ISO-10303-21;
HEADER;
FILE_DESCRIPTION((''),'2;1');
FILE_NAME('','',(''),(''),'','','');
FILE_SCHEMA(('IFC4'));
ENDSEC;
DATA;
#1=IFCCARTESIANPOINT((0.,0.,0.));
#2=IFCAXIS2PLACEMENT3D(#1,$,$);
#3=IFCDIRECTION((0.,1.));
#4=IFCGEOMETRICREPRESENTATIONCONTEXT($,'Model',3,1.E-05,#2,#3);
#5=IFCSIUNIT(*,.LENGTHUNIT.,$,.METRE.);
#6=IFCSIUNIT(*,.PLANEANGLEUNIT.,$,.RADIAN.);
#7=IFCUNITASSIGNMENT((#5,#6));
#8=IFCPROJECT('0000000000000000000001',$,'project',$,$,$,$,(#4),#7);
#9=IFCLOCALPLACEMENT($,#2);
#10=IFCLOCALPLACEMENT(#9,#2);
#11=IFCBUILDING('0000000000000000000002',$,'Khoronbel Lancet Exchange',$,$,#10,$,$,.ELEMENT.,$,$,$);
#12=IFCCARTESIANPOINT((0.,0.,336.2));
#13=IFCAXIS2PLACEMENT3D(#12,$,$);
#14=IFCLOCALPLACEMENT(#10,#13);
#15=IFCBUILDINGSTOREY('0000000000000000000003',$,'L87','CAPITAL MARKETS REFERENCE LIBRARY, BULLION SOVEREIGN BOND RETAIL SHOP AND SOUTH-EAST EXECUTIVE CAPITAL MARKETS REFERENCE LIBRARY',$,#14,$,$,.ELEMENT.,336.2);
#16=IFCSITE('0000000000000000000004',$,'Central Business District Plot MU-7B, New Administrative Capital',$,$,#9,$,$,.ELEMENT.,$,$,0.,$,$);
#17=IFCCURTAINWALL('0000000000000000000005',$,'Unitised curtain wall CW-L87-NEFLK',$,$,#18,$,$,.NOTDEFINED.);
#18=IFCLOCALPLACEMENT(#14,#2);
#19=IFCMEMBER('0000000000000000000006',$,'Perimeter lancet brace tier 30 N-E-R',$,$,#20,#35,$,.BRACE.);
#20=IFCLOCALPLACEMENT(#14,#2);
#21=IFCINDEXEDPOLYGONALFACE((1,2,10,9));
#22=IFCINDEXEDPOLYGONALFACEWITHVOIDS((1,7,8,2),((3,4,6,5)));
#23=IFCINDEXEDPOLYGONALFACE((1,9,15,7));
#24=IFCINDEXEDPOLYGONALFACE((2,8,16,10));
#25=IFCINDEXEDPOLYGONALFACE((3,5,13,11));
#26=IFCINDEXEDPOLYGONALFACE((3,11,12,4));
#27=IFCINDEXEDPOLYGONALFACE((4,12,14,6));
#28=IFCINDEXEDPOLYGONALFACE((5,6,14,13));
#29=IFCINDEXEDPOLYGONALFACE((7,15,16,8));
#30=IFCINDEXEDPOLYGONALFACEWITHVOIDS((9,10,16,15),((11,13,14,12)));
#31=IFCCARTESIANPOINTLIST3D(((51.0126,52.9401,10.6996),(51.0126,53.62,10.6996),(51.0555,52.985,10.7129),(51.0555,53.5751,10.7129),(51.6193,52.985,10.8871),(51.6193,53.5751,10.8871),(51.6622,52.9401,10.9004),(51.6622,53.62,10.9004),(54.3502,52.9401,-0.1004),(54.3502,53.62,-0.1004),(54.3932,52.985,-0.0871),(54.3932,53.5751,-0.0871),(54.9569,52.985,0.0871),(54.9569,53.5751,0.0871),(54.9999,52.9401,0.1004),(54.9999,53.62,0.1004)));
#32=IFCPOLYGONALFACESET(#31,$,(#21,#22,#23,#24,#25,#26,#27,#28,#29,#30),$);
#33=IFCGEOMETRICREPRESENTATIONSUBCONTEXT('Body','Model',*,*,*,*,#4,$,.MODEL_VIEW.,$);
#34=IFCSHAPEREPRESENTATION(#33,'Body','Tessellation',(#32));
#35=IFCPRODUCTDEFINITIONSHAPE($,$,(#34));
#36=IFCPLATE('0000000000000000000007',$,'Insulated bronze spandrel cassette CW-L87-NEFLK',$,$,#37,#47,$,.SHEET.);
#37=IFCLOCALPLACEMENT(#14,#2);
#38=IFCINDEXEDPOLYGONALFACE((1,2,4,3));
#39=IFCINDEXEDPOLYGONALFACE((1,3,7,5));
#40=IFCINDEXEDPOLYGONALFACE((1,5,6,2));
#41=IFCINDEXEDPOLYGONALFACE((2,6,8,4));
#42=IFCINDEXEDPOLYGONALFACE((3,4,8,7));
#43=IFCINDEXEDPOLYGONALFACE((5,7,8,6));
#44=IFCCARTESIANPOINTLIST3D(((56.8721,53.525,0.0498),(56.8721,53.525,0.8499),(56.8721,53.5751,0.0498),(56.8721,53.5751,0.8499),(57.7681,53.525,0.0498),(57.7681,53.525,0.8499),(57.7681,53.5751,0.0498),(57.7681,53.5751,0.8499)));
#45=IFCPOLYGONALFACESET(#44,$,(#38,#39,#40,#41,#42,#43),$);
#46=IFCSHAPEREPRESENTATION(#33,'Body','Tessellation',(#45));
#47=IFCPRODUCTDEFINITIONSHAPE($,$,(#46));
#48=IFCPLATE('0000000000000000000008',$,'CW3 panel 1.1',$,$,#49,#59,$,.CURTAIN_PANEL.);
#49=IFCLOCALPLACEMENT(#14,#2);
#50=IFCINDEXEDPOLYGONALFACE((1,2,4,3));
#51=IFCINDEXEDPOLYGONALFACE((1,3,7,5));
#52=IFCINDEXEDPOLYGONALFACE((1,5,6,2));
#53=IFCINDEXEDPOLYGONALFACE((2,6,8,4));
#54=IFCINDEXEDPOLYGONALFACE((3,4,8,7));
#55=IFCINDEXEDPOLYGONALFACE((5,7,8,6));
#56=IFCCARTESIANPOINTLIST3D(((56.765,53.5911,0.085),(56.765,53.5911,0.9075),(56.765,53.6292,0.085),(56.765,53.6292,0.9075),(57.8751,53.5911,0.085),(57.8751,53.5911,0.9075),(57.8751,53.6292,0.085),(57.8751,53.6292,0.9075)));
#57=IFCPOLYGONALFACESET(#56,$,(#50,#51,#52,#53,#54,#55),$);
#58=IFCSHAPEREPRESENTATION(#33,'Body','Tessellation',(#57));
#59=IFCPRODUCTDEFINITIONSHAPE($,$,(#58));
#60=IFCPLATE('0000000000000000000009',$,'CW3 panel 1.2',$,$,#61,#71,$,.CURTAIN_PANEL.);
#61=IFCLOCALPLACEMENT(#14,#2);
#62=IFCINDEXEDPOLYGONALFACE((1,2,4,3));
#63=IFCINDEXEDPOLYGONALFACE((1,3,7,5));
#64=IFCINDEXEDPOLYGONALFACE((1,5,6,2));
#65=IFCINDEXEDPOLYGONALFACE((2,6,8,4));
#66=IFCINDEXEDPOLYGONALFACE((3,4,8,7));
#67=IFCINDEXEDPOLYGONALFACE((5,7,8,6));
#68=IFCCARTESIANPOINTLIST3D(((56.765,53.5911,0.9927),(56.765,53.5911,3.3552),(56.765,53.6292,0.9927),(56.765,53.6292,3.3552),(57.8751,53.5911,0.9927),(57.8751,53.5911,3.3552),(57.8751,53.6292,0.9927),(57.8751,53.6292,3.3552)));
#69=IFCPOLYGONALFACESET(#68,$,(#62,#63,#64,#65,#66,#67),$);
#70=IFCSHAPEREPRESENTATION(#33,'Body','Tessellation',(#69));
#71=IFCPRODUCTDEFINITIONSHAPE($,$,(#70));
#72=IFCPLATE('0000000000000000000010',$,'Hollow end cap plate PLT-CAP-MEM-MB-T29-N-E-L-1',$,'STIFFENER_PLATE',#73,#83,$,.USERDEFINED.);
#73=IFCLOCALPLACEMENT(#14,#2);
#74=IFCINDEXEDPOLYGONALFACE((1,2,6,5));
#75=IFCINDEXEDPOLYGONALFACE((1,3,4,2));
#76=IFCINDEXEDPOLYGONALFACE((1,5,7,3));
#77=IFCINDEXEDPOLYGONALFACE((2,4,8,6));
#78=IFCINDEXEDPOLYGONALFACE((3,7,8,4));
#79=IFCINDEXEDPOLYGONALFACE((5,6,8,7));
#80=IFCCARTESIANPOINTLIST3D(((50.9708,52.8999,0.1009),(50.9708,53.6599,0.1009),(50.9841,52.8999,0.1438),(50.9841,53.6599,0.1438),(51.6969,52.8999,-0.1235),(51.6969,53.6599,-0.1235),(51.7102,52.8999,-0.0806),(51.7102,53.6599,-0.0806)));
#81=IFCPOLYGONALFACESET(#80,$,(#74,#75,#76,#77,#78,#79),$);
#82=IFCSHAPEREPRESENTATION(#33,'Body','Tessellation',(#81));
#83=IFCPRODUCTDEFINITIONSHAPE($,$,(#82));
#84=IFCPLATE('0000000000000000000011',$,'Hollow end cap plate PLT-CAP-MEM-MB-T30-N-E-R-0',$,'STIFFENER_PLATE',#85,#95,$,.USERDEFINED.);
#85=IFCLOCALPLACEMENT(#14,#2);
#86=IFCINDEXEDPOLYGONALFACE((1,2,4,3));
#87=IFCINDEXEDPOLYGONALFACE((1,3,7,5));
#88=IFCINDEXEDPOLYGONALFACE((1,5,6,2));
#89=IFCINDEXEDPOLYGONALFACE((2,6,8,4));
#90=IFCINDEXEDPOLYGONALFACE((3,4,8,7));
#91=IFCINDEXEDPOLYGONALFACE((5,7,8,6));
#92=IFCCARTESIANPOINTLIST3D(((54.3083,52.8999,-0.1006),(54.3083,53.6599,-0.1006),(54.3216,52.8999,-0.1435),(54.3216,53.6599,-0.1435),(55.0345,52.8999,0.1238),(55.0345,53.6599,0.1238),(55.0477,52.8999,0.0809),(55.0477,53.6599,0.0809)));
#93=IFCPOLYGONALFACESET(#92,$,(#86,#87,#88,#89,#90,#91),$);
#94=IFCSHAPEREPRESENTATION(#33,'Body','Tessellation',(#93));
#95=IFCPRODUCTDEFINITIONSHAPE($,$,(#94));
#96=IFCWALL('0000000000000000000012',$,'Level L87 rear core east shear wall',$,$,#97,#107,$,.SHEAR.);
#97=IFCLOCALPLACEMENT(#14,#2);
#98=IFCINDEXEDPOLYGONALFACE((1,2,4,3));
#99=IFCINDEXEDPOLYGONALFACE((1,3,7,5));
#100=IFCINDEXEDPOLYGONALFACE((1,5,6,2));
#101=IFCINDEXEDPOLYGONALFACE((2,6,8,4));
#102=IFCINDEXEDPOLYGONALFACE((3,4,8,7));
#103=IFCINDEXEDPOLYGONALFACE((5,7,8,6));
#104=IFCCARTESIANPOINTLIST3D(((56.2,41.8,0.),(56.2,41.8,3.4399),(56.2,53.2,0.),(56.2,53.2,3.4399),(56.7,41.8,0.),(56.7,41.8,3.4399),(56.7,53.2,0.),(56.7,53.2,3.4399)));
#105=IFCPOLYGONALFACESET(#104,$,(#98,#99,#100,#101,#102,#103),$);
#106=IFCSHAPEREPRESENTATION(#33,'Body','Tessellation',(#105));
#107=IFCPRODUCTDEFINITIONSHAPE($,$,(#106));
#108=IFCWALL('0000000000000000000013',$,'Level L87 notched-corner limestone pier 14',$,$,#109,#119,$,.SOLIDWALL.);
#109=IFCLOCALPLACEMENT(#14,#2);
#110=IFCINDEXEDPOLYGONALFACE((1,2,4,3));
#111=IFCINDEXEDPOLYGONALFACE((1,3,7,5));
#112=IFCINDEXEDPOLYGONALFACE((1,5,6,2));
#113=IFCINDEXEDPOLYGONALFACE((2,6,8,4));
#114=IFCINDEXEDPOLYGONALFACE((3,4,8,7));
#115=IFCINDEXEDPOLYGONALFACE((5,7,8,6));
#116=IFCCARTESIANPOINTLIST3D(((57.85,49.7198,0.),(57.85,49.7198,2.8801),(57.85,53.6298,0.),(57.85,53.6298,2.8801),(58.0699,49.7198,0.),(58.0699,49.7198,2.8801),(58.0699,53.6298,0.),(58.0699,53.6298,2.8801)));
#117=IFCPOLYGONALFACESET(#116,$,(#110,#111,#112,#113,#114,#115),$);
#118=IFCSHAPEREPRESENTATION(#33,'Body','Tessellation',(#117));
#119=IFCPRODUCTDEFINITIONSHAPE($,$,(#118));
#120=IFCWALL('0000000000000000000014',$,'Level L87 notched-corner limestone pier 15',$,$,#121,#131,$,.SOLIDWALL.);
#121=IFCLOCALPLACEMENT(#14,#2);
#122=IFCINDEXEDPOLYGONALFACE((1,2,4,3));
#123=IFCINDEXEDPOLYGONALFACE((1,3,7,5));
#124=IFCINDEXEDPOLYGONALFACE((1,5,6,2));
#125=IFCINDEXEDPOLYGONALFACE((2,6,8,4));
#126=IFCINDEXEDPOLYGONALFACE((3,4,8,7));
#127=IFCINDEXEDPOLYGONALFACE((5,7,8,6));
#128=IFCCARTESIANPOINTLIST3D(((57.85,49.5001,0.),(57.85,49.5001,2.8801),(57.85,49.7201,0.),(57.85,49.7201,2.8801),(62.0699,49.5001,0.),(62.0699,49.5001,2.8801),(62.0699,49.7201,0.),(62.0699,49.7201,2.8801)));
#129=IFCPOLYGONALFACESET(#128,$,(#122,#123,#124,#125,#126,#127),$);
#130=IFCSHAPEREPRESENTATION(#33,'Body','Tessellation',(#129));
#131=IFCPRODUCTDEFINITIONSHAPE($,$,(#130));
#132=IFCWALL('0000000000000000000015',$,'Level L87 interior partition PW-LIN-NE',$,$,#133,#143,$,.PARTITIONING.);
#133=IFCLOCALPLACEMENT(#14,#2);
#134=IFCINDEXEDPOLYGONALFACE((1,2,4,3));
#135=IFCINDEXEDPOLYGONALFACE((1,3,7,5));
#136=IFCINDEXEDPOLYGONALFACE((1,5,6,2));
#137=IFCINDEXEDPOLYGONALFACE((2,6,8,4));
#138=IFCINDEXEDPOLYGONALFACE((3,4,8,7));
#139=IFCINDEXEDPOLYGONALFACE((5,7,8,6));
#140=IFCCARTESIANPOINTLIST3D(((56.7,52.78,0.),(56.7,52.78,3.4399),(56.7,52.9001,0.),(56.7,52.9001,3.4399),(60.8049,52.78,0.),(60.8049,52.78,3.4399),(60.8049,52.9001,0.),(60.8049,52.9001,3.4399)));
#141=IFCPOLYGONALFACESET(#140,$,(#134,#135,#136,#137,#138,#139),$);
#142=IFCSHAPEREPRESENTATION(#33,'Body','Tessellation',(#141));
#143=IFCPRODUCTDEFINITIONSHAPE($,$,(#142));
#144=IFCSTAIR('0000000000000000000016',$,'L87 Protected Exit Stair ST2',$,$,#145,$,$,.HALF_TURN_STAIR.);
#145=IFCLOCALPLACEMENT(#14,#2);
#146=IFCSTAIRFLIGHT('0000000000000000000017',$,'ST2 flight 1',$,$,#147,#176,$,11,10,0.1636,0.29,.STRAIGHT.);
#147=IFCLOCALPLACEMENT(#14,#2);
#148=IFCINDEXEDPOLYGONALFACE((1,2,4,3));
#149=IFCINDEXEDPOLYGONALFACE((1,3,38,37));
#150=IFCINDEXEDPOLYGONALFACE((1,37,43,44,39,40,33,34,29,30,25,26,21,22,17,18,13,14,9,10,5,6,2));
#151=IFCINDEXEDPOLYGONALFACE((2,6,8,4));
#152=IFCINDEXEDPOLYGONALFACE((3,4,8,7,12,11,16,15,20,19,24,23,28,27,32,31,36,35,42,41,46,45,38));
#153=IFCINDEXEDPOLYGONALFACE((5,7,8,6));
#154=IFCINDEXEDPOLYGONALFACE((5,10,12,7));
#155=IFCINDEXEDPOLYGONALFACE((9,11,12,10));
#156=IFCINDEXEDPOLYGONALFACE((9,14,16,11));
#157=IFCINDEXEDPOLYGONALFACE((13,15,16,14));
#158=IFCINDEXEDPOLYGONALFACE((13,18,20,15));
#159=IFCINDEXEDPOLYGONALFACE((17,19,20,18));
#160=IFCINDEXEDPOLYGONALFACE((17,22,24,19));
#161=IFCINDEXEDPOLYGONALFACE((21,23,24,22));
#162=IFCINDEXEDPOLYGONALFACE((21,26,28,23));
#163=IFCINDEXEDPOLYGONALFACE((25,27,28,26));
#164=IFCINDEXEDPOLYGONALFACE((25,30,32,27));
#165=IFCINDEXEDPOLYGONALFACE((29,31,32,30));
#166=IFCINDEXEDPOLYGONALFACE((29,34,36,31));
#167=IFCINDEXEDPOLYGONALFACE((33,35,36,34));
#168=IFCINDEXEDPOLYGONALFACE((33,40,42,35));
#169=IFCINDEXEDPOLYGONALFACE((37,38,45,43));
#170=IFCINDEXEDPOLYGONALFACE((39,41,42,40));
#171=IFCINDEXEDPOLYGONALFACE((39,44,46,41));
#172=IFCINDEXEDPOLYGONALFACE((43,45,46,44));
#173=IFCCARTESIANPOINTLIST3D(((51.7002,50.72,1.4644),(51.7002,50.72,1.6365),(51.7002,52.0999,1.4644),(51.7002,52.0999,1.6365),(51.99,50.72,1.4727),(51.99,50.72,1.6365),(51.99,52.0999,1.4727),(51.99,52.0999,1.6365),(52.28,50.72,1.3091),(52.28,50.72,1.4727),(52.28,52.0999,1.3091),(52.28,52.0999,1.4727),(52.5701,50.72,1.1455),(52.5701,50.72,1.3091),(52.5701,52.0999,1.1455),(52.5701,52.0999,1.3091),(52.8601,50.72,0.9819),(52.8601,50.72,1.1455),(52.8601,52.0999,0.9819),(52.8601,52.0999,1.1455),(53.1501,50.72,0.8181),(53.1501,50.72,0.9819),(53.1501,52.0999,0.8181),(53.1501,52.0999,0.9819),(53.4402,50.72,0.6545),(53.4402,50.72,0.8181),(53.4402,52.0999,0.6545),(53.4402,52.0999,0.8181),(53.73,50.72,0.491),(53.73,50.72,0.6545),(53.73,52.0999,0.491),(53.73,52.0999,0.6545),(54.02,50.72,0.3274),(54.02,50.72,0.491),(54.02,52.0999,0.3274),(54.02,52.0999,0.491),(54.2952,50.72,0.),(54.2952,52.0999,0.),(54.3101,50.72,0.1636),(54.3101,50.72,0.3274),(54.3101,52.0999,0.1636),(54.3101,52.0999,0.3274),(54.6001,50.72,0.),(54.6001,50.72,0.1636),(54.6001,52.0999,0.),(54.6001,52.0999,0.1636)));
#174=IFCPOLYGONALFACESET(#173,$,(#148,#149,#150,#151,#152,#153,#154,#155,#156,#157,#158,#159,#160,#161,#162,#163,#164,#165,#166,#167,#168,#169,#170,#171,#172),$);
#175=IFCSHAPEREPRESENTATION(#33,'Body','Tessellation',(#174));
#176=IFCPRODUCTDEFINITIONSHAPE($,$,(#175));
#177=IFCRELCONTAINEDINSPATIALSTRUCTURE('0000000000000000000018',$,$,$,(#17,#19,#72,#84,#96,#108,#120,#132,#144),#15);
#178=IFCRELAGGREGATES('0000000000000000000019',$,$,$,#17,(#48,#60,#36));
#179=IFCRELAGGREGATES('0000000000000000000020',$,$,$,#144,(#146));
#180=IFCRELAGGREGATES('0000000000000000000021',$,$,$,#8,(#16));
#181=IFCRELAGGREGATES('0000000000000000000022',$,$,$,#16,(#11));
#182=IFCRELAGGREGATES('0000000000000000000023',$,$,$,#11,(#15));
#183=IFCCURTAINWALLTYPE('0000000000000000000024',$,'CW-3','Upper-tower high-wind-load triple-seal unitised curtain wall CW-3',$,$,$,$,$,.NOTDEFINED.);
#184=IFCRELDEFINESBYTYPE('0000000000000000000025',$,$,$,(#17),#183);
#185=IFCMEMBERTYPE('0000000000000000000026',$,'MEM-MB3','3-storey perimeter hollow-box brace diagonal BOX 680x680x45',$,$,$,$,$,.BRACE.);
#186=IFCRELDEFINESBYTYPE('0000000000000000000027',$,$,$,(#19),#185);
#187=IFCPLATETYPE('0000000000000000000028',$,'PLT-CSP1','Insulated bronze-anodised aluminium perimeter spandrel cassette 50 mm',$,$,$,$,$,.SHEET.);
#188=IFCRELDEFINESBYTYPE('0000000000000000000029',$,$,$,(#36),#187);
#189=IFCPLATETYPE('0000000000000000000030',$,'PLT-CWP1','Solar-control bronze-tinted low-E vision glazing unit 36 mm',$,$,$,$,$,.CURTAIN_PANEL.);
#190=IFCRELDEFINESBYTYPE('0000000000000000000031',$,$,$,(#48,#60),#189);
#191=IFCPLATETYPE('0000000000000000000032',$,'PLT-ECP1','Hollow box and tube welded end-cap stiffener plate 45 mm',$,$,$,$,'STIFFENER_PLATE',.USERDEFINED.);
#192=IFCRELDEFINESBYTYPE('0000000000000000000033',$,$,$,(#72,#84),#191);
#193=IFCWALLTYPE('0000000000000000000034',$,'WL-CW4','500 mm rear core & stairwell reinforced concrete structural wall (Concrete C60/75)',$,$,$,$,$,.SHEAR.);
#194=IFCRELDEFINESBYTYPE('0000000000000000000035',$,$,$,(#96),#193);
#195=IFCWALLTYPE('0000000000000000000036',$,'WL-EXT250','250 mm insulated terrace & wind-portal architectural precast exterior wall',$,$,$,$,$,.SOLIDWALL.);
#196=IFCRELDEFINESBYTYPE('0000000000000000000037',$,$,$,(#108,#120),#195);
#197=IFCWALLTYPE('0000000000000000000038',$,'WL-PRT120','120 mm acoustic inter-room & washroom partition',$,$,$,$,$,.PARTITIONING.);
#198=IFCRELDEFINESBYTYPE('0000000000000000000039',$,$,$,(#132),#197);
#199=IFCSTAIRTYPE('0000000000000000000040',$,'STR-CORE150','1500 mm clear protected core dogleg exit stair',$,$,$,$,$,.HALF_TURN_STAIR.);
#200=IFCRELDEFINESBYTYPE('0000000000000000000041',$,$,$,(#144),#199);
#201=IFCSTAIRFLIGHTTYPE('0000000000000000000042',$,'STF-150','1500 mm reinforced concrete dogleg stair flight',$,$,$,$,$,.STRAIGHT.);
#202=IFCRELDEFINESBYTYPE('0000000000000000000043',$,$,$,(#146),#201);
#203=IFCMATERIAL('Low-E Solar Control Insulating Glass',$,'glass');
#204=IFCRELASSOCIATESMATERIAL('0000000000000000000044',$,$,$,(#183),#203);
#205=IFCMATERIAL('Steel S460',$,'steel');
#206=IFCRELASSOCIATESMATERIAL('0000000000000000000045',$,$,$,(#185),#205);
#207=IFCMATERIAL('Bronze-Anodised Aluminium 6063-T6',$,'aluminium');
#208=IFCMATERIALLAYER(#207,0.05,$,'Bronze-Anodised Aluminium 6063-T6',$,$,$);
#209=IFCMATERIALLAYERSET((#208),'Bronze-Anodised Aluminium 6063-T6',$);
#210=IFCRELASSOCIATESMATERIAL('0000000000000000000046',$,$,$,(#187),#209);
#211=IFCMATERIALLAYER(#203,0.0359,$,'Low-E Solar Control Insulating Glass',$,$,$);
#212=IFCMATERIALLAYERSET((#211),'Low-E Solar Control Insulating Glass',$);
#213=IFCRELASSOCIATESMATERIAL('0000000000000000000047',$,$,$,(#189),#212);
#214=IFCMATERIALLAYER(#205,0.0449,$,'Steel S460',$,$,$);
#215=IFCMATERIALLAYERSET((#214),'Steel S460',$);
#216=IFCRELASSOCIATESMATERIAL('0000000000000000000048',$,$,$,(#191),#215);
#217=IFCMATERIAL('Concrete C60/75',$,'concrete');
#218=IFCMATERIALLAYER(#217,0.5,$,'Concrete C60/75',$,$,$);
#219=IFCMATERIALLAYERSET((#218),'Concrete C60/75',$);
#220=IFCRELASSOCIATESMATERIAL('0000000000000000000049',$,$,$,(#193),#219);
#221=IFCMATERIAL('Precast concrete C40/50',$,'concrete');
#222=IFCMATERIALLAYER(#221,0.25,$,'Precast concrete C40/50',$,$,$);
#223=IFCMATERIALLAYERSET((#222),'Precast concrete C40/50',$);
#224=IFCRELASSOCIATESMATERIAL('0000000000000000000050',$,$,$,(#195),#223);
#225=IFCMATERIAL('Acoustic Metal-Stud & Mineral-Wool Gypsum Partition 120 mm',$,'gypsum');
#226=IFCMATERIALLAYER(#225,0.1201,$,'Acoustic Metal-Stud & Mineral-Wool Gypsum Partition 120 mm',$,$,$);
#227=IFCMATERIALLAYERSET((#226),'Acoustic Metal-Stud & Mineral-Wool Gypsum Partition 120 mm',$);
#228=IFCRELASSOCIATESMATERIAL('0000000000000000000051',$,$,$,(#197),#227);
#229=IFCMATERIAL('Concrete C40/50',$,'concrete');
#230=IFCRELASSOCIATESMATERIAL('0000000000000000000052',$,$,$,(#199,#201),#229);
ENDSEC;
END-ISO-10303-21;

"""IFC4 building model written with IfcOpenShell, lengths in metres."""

from ifc_helpers import new_model, si_unit, direction, frame, frame_2d, origin, origin_2d, place, context, subcontext, project, spatial, polyline, rectangle, hollow_rectangle, outline, extrude, material, layer, layer_set, material_profile, profile_set, type_object, element, aggregate, save


model = new_model("IFC4")

# Units and contexts
model_context = context("Model", 3, precision=1e-05, world=origin(), true_north=direction((0.0, 1.0)))
body_context = subcontext(model_context, "Body", "Model", "MODEL_VIEW")
ifc_project = project(units=[si_unit("LENGTHUNIT", "METRE"), si_unit("PLANEANGLEUNIT", "RADIAN")], contexts=[model_context])

# Site, building, storey
site_placement = place(None, origin())
site = spatial("IfcSite", under=ifc_project, at=site_placement, Name="Central Business District Plot MU-7B, New Administrative Capital", CompositionType="ELEMENT", RefElevation=0.0)
building_placement = place(site_placement, origin())
building = spatial("IfcBuilding", under=site, at=building_placement, Name="Khoronbel Lancet Exchange", CompositionType="ELEMENT")
storey_placement = place(building_placement, frame((0.0, 0.0, 336.2)))
storey = spatial("IfcBuildingStorey", under=building, at=storey_placement, Name="L87", Description="CAPITAL MARKETS REFERENCE LIBRARY, BULLION SOVEREIGN BOND RETAIL SHOP AND SOUTH-EAST EXECUTIVE CAPITAL MARKETS REFERENCE LIBRARY", CompositionType="ELEMENT", Elevation=336.2)

# Shared definitions
ifc_material_1 = material(Name="Steel S460", Category="steel")

# Curtain wall
ifc_material_2 = material(Name="Low-E Solar Control Insulating Glass", Category="glass")
curtain_wall_type = type_object("IfcCurtainWallType", Name="CW-3", Description="Upper-tower high-wind-load triple-seal unitised curtain wall CW-3", PredefinedType="NOTDEFINED", material=ifc_material_2)
curtain_wall_placement = place(storey_placement, origin())
curtain_wall = element("IfcCurtainWall", 1, at=curtain_wall_placement, inside=storey, type_object=curtain_wall_type, Name="Unitised curtain wall CW-L87-NEFLK", PredefinedType="NOTDEFINED")
ifc_material_3 = material(Name="Bronze-Anodised Aluminium 6063-T6", Category="aluminium")

# Member
ifc_material_profile_1 = material_profile(ifc_material_1, hollow_rectangle(XDim=0.6799, YDim=0.6799, WallThickness=0.0449, at=origin_2d()), Name="BOX 680x680x45")
ifc_profile_set_1 = profile_set([ifc_material_profile_1], Name="Steel S460")
member_type_1 = type_object("IfcMemberType", Name="MEM-MB3", Description="3-storey perimeter hollow-box brace diagonal BOX 680x680x45", PredefinedType="BRACE", material=ifc_profile_set_1)
member_1_placement = place(storey_placement, frame((54.675, 53.28, 0.0), z_axis=(-0.295262, 0.0, 0.955416), x_axis=(0.0, -1.0, 0.0)))
element("IfcMember", 2, at=member_1_placement, inside=storey, type_object=member_type_1, Name="Perimeter lancet brace tier 30 N-E-R", PredefinedType="BRACE", context=body_context, shape_type="SweptSolid", body=[
    extrude(hollow_rectangle(XDim=0.6799, YDim=0.6799, WallThickness=0.0449, at=origin_2d()), origin(), (0.0, 0.0, 1.0), 11.304),
])

# Plates
ifc_layer_1 = layer(ifc_material_3, 0.05, Name="Bronze-Anodised Aluminium 6063-T6")
ifc_layer_set_1 = layer_set([ifc_layer_1], Name="Bronze-Anodised Aluminium 6063-T6")
plate_type_1 = type_object("IfcPlateType", Name="PLT-CSP1", Description="Insulated bronze-anodised aluminium perimeter spandrel cassette 50 mm", PredefinedType="SHEET", material=ifc_layer_set_1)
plate_1_placement = place(storey_placement, frame((57.3201, 53.55, 0.0498), z_axis=(0.0, 0.0, 1.0), x_axis=(-1.0, 0.0, 0.0)))
plate_1 = element("IfcPlate", 3, at=plate_1_placement, type_object=plate_type_1, Name="Insulated bronze spandrel cassette CW-L87-NEFLK", PredefinedType="SHEET", context=body_context, shape_type="SweptSolid", body=[
    extrude(rectangle(XDim=0.896, YDim=0.05, at=origin_2d()), origin(), (0.0, 0.0, 1.0), 0.8),
])
ifc_layer_2 = layer(ifc_material_2, 0.0359, Name="Low-E Solar Control Insulating Glass")
ifc_layer_set_2 = layer_set([ifc_layer_2], Name="Low-E Solar Control Insulating Glass")
plate_type_2 = type_object("IfcPlateType", Name="PLT-CWP1", Description="Solar-control bronze-tinted low-E vision glazing unit 36 mm", PredefinedType="CURTAIN_PANEL", material=ifc_layer_set_2)
plate_2_placement = place(storey_placement, frame((57.3201, 53.6101, 0.085), z_axis=(0.0, 0.0, 1.0), x_axis=(-1.0, 0.0, 0.0)))
plate_2 = element("IfcPlate", 4, at=plate_2_placement, type_object=plate_type_2, Name="CW3 panel 1.1", PredefinedType="CURTAIN_PANEL", context=body_context, shape_type="SweptSolid", body=[
    extrude(rectangle(XDim=1.1101, YDim=0.0381, at=origin_2d()), origin(), (0.0, 0.0, 1.0), 0.8225),
])
plate_3_placement = place(storey_placement, frame((57.3201, 53.6101, 0.9927), z_axis=(0.0, 0.0, 1.0), x_axis=(-1.0, 0.0, 0.0)))
plate_3 = element("IfcPlate", 5, at=plate_3_placement, type_object=plate_type_2, Name="CW3 panel 1.2", PredefinedType="CURTAIN_PANEL", context=body_context, shape_type="SweptSolid", body=[
    extrude(rectangle(XDim=1.1101, YDim=0.0381, at=origin_2d()), origin(), (0.0, 0.0, 1.0), 2.3625),
])
aggregate(curtain_wall, [plate_2, plate_3, plate_1])

# Plates
ifc_layer_3 = layer(ifc_material_1, 0.0449, Name="Steel S460")
ifc_layer_set_3 = layer_set([ifc_layer_3], Name="Steel S460")
plate_type_3 = type_object("IfcPlateType", Name="PLT-ECP1", Description="Hollow box and tube welded end-cap stiffener plate 45 mm", ElementType="STIFFENER_PLATE", PredefinedType="USERDEFINED", material=ifc_layer_set_3)
for number, where, z_axis, x_axis, name in (
    (6, (51.7102, 52.8999, -0.0806), (0.295237, 0.0, 0.955424), (0.0, 1.0, 0.0), "Hollow end cap plate PLT-CAP-MEM-MB-T29-N-E-L-1"),
    (7, (54.3083, 53.6599, -0.1006), (-0.295237, 0.0, 0.955424), (0.0, -1.0, 0.0), "Hollow end cap plate PLT-CAP-MEM-MB-T30-N-E-R-0"),
):
    element("IfcPlate", number, at=place(storey_placement, frame(where, z_axis=z_axis, x_axis=x_axis)), inside=storey, type_object=plate_type_3, Name=name, ObjectType="STIFFENER_PLATE", PredefinedType="USERDEFINED", context=body_context, shape_type="SweptSolid", body=[
        extrude(outline(polyline([(0.0, 0.0), (0.76, 0.0), (0.76, 0.76), (0.0, 0.76), (0.0, 0.0)])), origin(), (0.0, 0.0, -1.0), 0.0449),
    ])

# Walls
ifc_material_4 = material(Name="Concrete C60/75", Category="concrete")
ifc_layer_4 = layer(ifc_material_4, 0.5, Name="Concrete C60/75")
ifc_layer_set_4 = layer_set([ifc_layer_4], Name="Concrete C60/75")
wall_type_1 = type_object("IfcWallType", Name="WL-CW4", Description="500 mm rear core & stairwell reinforced concrete structural wall (Concrete C60/75)", PredefinedType="SHEAR", material=ifc_layer_set_4)
wall_1_placement = place(storey_placement, frame((56.45, 53.2, 0.0), z_axis=(0.0, 0.0, 1.0), x_axis=(0.0, -1.0, 0.0)))
element("IfcWall", 8, at=wall_1_placement, inside=storey, type_object=wall_type_1, Name="Level L87 rear core east shear wall", PredefinedType="SHEAR", context=body_context, shape_type="SweptSolid", body=[
    extrude(rectangle(XDim=11.3999, YDim=0.5, at=frame_2d((5.7, 0.0))), origin(), (0.0, 0.0, 1.0), 3.4399),
])
ifc_material_5 = material(Name="Precast concrete C40/50", Category="concrete")
ifc_layer_5 = layer(ifc_material_5, 0.25, Name="Precast concrete C40/50")
ifc_layer_set_5 = layer_set([ifc_layer_5], Name="Precast concrete C40/50")
wall_type_2 = type_object("IfcWallType", Name="WL-EXT250", Description="250 mm insulated terrace & wind-portal architectural precast exterior wall", PredefinedType="SOLIDWALL", material=ifc_layer_set_5)
wall_2_placement = place(storey_placement, frame((57.96, 53.6299, 0.0), z_axis=(0.0, 0.0, 1.0), x_axis=(0.0, -1.0, 0.0)))
element("IfcWall", 9, at=wall_2_placement, inside=storey, type_object=wall_type_2, Name="Level L87 notched-corner limestone pier 14", PredefinedType="SOLIDWALL", context=body_context, shape_type="SweptSolid", body=[
    extrude(rectangle(XDim=3.9099, YDim=0.22, at=frame_2d((1.9551, 0.0))), origin(), (0.0, 0.0, 1.0), 2.8801),
])
wall_3_placement = place(storey_placement, frame((57.8501, 49.6101, 0.0), z_axis=(0.0, 0.0, 1.0), x_axis=(1.0, 0.0, 0.0)))
element("IfcWall", 10, at=wall_3_placement, inside=storey, type_object=wall_type_2, Name="Level L87 notched-corner limestone pier 15", PredefinedType="SOLIDWALL", context=body_context, shape_type="SweptSolid", body=[
    extrude(rectangle(XDim=4.22, YDim=0.22, at=frame_2d((2.1099, 0.0))), origin(), (0.0, 0.0, 1.0), 2.8801),
])
ifc_material_6 = material(Name="Acoustic Metal-Stud & Mineral-Wool Gypsum Partition 120 mm", Category="gypsum")
ifc_layer_6 = layer(ifc_material_6, 0.1201, Name="Acoustic Metal-Stud & Mineral-Wool Gypsum Partition 120 mm")
ifc_layer_set_6 = layer_set([ifc_layer_6], Name="Acoustic Metal-Stud & Mineral-Wool Gypsum Partition 120 mm")
wall_type_3 = type_object("IfcWallType", Name="WL-PRT120", Description="120 mm acoustic inter-room & washroom partition", PredefinedType="PARTITIONING", material=ifc_layer_set_6)
wall_4_placement = place(storey_placement, frame((56.7, 52.8401, 0.0), z_axis=(0.0, 0.0, 1.0), x_axis=(1.0, 0.0, 0.0)))
element("IfcWall", 11, at=wall_4_placement, inside=storey, type_object=wall_type_3, Name="Level L87 interior partition PW-LIN-NE", PredefinedType="PARTITIONING", context=body_context, shape_type="SweptSolid", body=[
    extrude(rectangle(XDim=4.105, YDim=0.1201, at=frame_2d((2.0525, 0.0))), origin(), (0.0, 0.0, 1.0), 3.4399),
])

# Stair, stair flight
ifc_material_7 = material(Name="Concrete C40/50", Category="concrete")
stair_type = type_object("IfcStairType", Name="STR-CORE150", Description="1500 mm clear protected core dogleg exit stair", PredefinedType="HALF_TURN_STAIR", material=ifc_material_7)
stair_placement = place(storey_placement, origin())
stair = element("IfcStair", 12, at=stair_placement, inside=storey, type_object=stair_type, Name="L87 Protected Exit Stair ST2", PredefinedType="HALF_TURN_STAIR")
stair_flight_type = type_object("IfcStairFlightType", Name="STF-150", Description="1500 mm reinforced concrete dogleg stair flight", PredefinedType="STRAIGHT", material=ifc_material_7)
stair_flight_placement = place(storey_placement, frame((54.6001, 51.4099, 0.0), z_axis=(0.0, 0.0, 1.0), x_axis=(-1.0, 0.0, 0.0)))
stair_flight = element("IfcStairFlight", 13, at=stair_flight_placement, type_object=stair_flight_type, Name="ST2 flight 1", NumberOfRisers=11, NumberOfTreads=10, PredefinedType="STRAIGHT", RiserHeight=0.1636, TreadLength=0.29, context=body_context, shape_type="SweptSolid", body=[
    extrude(outline(polyline([(0.0, 0.0), (0.0, 0.1636), (0.29, 0.1636), (0.29, 0.3274), (0.5801, 0.3274), (0.5801, 0.491), (0.8701, 0.491), (0.8701, 0.6545), (1.1599, 0.6545), (1.1599, 0.8181), (1.45, 0.8181), (1.45, 0.9819), (1.74, 0.9819), (1.74, 1.1455), (2.03, 1.1455), (2.03, 1.3091), (2.3201, 1.3091), (2.3201, 1.4727), (2.6101, 1.4727), (2.6101, 1.6365), (2.8999, 1.6365), (2.8999, 1.8), (2.8999, 1.4644), (0.3049, 0.0), (0.0, 0.0)])), frame((0.0, 0.6899, 0.0), z_axis=(0.0, -1.0, 0.0), x_axis=(1.0, 0.0, 0.0)), (0.0, 0.0, 1.0), 1.3799),
])
aggregate(stair, [stair_flight])

save(model, "model.ifc")
